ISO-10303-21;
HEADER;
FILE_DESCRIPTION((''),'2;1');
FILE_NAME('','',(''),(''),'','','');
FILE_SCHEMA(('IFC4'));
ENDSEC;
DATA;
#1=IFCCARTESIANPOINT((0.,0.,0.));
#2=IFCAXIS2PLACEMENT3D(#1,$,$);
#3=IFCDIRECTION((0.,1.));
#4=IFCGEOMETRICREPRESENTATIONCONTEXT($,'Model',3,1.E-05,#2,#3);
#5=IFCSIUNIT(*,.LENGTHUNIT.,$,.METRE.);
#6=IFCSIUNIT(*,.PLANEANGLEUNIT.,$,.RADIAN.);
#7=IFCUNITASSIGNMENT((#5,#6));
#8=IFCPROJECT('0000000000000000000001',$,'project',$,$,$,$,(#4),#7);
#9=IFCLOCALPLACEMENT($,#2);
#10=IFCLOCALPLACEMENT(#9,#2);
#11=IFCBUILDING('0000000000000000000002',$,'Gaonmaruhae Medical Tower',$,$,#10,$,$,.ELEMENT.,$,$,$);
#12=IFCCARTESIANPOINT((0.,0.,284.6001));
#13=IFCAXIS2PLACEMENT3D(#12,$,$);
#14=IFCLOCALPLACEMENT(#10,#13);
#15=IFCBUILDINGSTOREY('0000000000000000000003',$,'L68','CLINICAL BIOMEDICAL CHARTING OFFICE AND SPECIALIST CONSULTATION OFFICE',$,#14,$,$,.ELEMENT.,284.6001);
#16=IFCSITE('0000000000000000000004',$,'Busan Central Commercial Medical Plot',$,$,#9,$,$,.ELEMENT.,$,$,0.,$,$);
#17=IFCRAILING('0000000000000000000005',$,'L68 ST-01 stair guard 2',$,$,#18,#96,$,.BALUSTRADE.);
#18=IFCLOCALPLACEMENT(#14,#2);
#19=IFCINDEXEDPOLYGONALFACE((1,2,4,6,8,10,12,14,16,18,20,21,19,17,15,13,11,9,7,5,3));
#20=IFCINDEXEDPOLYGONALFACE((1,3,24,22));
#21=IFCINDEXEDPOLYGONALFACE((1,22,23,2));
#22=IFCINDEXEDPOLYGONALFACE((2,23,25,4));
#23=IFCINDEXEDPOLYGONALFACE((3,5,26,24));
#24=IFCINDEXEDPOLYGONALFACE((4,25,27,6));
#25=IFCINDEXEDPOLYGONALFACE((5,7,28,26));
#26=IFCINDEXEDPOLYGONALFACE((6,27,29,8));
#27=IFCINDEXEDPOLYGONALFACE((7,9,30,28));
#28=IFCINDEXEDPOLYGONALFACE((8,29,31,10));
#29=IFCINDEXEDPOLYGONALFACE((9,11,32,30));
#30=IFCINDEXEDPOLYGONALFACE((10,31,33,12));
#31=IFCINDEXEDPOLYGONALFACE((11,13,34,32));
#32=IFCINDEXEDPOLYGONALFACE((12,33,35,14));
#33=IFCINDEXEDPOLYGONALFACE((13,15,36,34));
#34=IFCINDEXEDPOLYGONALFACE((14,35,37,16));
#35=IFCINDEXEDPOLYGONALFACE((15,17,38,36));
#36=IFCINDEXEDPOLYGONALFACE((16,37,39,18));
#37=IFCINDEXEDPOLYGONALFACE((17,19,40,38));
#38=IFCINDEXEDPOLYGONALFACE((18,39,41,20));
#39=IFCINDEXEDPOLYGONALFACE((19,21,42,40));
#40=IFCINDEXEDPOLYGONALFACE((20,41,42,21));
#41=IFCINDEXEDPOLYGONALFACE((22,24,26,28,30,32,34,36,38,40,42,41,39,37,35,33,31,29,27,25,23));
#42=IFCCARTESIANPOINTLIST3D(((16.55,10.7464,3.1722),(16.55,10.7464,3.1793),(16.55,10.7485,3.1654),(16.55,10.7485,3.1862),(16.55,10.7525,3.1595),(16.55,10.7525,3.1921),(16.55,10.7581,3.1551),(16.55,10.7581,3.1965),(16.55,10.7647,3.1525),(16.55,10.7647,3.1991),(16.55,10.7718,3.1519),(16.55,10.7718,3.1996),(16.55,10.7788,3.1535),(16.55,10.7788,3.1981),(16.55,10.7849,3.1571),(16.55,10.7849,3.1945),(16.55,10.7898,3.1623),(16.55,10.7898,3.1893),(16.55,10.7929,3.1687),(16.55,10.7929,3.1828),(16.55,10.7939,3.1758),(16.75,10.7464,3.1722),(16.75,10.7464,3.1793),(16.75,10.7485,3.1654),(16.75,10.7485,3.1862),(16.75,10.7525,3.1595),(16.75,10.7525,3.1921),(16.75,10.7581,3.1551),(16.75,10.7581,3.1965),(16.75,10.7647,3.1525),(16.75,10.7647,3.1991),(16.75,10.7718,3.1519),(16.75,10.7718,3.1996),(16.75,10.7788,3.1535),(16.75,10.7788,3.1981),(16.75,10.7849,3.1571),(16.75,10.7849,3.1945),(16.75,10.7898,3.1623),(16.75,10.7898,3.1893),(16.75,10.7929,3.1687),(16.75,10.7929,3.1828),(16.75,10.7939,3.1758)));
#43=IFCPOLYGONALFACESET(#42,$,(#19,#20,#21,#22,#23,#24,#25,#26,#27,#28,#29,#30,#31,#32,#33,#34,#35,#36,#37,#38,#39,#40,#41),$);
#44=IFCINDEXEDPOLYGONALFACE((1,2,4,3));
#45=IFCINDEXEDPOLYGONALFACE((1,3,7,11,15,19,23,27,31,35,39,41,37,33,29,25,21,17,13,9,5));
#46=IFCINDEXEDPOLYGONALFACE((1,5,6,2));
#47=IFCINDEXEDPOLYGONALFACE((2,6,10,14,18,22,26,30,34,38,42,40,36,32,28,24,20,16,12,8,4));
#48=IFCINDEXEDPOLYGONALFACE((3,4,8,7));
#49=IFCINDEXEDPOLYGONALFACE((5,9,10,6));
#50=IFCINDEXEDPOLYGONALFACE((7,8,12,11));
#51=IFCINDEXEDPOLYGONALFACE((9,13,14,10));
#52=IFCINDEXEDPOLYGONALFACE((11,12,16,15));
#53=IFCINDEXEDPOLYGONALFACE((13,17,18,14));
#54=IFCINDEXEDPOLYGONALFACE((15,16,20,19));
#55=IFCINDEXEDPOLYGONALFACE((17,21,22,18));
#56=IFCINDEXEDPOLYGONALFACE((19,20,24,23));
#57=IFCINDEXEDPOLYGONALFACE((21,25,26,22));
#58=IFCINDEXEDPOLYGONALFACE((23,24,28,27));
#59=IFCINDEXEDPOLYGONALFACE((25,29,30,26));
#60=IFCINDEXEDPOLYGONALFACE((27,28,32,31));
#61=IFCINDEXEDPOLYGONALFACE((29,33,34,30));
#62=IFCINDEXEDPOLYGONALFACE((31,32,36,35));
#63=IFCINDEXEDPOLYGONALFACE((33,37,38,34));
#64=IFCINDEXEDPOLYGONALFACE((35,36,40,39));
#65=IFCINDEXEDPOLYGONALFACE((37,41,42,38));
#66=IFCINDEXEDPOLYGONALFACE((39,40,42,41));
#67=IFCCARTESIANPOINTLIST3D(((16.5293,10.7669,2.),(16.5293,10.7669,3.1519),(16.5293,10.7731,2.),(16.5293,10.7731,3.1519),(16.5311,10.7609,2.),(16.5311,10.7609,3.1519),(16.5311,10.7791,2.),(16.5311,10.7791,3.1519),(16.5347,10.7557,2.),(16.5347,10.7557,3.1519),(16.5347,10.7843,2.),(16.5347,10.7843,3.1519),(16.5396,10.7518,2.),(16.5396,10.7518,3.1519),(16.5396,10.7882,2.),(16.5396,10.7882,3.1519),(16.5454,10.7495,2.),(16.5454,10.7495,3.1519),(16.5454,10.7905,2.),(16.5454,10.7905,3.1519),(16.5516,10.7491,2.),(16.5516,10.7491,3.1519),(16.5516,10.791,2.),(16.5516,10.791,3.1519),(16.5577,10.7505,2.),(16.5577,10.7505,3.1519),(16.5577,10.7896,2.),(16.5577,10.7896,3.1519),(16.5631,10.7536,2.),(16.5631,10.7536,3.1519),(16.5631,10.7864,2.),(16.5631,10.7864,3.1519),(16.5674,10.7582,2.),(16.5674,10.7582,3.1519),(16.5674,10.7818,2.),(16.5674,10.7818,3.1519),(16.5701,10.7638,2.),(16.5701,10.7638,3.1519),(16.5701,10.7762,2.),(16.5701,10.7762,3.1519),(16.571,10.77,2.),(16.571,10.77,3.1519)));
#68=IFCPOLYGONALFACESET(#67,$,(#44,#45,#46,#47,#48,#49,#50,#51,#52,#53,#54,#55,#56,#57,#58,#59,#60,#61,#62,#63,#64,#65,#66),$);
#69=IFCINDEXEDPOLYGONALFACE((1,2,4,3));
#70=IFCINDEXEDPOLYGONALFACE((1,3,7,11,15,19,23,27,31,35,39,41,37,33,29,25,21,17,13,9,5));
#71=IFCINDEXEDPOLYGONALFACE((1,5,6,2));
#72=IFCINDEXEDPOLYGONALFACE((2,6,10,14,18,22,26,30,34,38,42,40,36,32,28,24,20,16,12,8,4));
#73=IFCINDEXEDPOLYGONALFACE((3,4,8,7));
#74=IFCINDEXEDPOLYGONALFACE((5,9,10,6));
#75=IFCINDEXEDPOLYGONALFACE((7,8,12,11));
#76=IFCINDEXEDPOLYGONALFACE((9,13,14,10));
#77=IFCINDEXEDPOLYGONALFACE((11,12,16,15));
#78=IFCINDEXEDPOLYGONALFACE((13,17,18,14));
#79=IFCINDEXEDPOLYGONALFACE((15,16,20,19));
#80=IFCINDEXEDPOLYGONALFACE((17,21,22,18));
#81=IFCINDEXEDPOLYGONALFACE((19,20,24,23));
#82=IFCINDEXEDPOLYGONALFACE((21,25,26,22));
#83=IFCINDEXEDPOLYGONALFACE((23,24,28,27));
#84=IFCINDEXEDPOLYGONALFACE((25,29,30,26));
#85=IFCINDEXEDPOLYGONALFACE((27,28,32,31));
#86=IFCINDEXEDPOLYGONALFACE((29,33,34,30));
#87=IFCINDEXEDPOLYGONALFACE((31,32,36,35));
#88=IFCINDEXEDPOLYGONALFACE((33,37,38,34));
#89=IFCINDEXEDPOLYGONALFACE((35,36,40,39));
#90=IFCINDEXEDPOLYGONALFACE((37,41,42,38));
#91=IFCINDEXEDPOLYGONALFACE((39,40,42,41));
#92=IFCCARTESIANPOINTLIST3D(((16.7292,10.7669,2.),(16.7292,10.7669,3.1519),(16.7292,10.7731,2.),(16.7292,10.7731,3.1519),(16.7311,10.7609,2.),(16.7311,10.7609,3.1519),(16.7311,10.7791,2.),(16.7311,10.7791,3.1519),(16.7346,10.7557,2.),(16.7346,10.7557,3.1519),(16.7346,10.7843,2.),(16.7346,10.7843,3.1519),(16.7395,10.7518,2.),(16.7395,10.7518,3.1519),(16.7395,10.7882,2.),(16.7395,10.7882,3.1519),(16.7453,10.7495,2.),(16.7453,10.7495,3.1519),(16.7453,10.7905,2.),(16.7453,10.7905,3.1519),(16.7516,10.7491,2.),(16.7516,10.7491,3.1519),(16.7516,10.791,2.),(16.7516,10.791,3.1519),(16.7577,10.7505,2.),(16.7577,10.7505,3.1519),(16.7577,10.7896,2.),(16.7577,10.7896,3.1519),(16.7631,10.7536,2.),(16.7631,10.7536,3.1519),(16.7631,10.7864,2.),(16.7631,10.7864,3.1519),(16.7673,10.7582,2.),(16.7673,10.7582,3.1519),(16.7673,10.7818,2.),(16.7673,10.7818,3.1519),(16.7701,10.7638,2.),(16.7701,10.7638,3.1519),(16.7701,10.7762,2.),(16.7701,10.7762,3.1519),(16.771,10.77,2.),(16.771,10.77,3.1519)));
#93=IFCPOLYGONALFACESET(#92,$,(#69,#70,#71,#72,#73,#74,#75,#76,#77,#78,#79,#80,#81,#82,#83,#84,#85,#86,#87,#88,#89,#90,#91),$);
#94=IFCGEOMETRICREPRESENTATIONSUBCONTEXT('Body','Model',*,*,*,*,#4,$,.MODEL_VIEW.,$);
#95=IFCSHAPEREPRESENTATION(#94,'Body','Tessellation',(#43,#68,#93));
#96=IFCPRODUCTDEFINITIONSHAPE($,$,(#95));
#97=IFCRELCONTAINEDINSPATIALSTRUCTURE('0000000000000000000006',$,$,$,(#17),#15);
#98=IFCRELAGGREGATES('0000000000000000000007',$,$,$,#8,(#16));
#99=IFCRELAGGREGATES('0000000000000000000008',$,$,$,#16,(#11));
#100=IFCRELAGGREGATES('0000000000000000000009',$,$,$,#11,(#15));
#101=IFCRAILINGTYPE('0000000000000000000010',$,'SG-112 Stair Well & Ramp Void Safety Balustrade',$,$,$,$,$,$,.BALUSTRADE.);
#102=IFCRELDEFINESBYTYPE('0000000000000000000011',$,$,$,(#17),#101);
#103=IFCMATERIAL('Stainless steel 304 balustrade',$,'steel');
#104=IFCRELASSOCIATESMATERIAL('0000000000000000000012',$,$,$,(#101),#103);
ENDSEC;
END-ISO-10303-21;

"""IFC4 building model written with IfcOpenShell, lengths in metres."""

from ifc_helpers import new_model, si_unit, direction, frame, origin, origin_2d, place, context, subcontext, project, spatial, circle, extrude, material, type_object, element, save


model = new_model("IFC4")

# Units and contexts
model_context = context("Model", 3, precision=1e-05, world=origin(), true_north=direction((0.0, 1.0)))
body_context = subcontext(model_context, "Body", "Model", "MODEL_VIEW")
ifc_project = project(units=[si_unit("LENGTHUNIT", "METRE"), si_unit("PLANEANGLEUNIT", "RADIAN")], contexts=[model_context])

# Site, building, storey
site_placement = place(None, origin())
site = spatial("IfcSite", under=ifc_project, at=site_placement, Name="Busan Central Commercial Medical Plot", CompositionType="ELEMENT", RefElevation=0.0)
building_placement = place(site_placement, origin())
building = spatial("IfcBuilding", under=site, at=building_placement, Name="Gaonmaruhae Medical Tower", CompositionType="ELEMENT")
storey_placement = place(building_placement, frame((0.0, 0.0, 284.6001)))
storey = spatial("IfcBuildingStorey", under=building, at=storey_placement, Name="L68", Description="CLINICAL BIOMEDICAL CHARTING OFFICE AND SPECIALIST CONSULTATION OFFICE", CompositionType="ELEMENT", Elevation=284.6001)

# Railing
ifc_material_1 = material(Name="Stainless steel 304 balustrade", Category="steel")
railing_type_1 = type_object("IfcRailingType", Name="SG-112 Stair Well & Ramp Void Safety Balustrade", PredefinedType="BALUSTRADE", material=ifc_material_1)
railing_1_placement = place(storey_placement, frame((16.55, 10.77, 2.0)))
element("IfcRailing", 1, at=railing_1_placement, inside=storey, type_object=railing_type_1, Name="L68 ST-01 stair guard 2", PredefinedType="BALUSTRADE", context=body_context, shape_type="SweptSolid", body=[
    extrude(circle(Radius=0.0239, at=origin_2d()), frame((0.0, 0.0, 1.1758), z_axis=(1.0, 0.0, 0.0), x_axis=(0.0, 1.0, 0.0)), (0.0, 0.0, 1.0), 0.2),
    extrude(circle(Radius=0.021, at=origin_2d()), origin(), (0.0, 0.0, 1.0), 1.1519),
    extrude(circle(Radius=0.021, at=origin_2d()), frame((0.2, 0.0, 0.0)), (0.0, 0.0, 1.0), 1.1519),
])

save(model, "model.ifc")
